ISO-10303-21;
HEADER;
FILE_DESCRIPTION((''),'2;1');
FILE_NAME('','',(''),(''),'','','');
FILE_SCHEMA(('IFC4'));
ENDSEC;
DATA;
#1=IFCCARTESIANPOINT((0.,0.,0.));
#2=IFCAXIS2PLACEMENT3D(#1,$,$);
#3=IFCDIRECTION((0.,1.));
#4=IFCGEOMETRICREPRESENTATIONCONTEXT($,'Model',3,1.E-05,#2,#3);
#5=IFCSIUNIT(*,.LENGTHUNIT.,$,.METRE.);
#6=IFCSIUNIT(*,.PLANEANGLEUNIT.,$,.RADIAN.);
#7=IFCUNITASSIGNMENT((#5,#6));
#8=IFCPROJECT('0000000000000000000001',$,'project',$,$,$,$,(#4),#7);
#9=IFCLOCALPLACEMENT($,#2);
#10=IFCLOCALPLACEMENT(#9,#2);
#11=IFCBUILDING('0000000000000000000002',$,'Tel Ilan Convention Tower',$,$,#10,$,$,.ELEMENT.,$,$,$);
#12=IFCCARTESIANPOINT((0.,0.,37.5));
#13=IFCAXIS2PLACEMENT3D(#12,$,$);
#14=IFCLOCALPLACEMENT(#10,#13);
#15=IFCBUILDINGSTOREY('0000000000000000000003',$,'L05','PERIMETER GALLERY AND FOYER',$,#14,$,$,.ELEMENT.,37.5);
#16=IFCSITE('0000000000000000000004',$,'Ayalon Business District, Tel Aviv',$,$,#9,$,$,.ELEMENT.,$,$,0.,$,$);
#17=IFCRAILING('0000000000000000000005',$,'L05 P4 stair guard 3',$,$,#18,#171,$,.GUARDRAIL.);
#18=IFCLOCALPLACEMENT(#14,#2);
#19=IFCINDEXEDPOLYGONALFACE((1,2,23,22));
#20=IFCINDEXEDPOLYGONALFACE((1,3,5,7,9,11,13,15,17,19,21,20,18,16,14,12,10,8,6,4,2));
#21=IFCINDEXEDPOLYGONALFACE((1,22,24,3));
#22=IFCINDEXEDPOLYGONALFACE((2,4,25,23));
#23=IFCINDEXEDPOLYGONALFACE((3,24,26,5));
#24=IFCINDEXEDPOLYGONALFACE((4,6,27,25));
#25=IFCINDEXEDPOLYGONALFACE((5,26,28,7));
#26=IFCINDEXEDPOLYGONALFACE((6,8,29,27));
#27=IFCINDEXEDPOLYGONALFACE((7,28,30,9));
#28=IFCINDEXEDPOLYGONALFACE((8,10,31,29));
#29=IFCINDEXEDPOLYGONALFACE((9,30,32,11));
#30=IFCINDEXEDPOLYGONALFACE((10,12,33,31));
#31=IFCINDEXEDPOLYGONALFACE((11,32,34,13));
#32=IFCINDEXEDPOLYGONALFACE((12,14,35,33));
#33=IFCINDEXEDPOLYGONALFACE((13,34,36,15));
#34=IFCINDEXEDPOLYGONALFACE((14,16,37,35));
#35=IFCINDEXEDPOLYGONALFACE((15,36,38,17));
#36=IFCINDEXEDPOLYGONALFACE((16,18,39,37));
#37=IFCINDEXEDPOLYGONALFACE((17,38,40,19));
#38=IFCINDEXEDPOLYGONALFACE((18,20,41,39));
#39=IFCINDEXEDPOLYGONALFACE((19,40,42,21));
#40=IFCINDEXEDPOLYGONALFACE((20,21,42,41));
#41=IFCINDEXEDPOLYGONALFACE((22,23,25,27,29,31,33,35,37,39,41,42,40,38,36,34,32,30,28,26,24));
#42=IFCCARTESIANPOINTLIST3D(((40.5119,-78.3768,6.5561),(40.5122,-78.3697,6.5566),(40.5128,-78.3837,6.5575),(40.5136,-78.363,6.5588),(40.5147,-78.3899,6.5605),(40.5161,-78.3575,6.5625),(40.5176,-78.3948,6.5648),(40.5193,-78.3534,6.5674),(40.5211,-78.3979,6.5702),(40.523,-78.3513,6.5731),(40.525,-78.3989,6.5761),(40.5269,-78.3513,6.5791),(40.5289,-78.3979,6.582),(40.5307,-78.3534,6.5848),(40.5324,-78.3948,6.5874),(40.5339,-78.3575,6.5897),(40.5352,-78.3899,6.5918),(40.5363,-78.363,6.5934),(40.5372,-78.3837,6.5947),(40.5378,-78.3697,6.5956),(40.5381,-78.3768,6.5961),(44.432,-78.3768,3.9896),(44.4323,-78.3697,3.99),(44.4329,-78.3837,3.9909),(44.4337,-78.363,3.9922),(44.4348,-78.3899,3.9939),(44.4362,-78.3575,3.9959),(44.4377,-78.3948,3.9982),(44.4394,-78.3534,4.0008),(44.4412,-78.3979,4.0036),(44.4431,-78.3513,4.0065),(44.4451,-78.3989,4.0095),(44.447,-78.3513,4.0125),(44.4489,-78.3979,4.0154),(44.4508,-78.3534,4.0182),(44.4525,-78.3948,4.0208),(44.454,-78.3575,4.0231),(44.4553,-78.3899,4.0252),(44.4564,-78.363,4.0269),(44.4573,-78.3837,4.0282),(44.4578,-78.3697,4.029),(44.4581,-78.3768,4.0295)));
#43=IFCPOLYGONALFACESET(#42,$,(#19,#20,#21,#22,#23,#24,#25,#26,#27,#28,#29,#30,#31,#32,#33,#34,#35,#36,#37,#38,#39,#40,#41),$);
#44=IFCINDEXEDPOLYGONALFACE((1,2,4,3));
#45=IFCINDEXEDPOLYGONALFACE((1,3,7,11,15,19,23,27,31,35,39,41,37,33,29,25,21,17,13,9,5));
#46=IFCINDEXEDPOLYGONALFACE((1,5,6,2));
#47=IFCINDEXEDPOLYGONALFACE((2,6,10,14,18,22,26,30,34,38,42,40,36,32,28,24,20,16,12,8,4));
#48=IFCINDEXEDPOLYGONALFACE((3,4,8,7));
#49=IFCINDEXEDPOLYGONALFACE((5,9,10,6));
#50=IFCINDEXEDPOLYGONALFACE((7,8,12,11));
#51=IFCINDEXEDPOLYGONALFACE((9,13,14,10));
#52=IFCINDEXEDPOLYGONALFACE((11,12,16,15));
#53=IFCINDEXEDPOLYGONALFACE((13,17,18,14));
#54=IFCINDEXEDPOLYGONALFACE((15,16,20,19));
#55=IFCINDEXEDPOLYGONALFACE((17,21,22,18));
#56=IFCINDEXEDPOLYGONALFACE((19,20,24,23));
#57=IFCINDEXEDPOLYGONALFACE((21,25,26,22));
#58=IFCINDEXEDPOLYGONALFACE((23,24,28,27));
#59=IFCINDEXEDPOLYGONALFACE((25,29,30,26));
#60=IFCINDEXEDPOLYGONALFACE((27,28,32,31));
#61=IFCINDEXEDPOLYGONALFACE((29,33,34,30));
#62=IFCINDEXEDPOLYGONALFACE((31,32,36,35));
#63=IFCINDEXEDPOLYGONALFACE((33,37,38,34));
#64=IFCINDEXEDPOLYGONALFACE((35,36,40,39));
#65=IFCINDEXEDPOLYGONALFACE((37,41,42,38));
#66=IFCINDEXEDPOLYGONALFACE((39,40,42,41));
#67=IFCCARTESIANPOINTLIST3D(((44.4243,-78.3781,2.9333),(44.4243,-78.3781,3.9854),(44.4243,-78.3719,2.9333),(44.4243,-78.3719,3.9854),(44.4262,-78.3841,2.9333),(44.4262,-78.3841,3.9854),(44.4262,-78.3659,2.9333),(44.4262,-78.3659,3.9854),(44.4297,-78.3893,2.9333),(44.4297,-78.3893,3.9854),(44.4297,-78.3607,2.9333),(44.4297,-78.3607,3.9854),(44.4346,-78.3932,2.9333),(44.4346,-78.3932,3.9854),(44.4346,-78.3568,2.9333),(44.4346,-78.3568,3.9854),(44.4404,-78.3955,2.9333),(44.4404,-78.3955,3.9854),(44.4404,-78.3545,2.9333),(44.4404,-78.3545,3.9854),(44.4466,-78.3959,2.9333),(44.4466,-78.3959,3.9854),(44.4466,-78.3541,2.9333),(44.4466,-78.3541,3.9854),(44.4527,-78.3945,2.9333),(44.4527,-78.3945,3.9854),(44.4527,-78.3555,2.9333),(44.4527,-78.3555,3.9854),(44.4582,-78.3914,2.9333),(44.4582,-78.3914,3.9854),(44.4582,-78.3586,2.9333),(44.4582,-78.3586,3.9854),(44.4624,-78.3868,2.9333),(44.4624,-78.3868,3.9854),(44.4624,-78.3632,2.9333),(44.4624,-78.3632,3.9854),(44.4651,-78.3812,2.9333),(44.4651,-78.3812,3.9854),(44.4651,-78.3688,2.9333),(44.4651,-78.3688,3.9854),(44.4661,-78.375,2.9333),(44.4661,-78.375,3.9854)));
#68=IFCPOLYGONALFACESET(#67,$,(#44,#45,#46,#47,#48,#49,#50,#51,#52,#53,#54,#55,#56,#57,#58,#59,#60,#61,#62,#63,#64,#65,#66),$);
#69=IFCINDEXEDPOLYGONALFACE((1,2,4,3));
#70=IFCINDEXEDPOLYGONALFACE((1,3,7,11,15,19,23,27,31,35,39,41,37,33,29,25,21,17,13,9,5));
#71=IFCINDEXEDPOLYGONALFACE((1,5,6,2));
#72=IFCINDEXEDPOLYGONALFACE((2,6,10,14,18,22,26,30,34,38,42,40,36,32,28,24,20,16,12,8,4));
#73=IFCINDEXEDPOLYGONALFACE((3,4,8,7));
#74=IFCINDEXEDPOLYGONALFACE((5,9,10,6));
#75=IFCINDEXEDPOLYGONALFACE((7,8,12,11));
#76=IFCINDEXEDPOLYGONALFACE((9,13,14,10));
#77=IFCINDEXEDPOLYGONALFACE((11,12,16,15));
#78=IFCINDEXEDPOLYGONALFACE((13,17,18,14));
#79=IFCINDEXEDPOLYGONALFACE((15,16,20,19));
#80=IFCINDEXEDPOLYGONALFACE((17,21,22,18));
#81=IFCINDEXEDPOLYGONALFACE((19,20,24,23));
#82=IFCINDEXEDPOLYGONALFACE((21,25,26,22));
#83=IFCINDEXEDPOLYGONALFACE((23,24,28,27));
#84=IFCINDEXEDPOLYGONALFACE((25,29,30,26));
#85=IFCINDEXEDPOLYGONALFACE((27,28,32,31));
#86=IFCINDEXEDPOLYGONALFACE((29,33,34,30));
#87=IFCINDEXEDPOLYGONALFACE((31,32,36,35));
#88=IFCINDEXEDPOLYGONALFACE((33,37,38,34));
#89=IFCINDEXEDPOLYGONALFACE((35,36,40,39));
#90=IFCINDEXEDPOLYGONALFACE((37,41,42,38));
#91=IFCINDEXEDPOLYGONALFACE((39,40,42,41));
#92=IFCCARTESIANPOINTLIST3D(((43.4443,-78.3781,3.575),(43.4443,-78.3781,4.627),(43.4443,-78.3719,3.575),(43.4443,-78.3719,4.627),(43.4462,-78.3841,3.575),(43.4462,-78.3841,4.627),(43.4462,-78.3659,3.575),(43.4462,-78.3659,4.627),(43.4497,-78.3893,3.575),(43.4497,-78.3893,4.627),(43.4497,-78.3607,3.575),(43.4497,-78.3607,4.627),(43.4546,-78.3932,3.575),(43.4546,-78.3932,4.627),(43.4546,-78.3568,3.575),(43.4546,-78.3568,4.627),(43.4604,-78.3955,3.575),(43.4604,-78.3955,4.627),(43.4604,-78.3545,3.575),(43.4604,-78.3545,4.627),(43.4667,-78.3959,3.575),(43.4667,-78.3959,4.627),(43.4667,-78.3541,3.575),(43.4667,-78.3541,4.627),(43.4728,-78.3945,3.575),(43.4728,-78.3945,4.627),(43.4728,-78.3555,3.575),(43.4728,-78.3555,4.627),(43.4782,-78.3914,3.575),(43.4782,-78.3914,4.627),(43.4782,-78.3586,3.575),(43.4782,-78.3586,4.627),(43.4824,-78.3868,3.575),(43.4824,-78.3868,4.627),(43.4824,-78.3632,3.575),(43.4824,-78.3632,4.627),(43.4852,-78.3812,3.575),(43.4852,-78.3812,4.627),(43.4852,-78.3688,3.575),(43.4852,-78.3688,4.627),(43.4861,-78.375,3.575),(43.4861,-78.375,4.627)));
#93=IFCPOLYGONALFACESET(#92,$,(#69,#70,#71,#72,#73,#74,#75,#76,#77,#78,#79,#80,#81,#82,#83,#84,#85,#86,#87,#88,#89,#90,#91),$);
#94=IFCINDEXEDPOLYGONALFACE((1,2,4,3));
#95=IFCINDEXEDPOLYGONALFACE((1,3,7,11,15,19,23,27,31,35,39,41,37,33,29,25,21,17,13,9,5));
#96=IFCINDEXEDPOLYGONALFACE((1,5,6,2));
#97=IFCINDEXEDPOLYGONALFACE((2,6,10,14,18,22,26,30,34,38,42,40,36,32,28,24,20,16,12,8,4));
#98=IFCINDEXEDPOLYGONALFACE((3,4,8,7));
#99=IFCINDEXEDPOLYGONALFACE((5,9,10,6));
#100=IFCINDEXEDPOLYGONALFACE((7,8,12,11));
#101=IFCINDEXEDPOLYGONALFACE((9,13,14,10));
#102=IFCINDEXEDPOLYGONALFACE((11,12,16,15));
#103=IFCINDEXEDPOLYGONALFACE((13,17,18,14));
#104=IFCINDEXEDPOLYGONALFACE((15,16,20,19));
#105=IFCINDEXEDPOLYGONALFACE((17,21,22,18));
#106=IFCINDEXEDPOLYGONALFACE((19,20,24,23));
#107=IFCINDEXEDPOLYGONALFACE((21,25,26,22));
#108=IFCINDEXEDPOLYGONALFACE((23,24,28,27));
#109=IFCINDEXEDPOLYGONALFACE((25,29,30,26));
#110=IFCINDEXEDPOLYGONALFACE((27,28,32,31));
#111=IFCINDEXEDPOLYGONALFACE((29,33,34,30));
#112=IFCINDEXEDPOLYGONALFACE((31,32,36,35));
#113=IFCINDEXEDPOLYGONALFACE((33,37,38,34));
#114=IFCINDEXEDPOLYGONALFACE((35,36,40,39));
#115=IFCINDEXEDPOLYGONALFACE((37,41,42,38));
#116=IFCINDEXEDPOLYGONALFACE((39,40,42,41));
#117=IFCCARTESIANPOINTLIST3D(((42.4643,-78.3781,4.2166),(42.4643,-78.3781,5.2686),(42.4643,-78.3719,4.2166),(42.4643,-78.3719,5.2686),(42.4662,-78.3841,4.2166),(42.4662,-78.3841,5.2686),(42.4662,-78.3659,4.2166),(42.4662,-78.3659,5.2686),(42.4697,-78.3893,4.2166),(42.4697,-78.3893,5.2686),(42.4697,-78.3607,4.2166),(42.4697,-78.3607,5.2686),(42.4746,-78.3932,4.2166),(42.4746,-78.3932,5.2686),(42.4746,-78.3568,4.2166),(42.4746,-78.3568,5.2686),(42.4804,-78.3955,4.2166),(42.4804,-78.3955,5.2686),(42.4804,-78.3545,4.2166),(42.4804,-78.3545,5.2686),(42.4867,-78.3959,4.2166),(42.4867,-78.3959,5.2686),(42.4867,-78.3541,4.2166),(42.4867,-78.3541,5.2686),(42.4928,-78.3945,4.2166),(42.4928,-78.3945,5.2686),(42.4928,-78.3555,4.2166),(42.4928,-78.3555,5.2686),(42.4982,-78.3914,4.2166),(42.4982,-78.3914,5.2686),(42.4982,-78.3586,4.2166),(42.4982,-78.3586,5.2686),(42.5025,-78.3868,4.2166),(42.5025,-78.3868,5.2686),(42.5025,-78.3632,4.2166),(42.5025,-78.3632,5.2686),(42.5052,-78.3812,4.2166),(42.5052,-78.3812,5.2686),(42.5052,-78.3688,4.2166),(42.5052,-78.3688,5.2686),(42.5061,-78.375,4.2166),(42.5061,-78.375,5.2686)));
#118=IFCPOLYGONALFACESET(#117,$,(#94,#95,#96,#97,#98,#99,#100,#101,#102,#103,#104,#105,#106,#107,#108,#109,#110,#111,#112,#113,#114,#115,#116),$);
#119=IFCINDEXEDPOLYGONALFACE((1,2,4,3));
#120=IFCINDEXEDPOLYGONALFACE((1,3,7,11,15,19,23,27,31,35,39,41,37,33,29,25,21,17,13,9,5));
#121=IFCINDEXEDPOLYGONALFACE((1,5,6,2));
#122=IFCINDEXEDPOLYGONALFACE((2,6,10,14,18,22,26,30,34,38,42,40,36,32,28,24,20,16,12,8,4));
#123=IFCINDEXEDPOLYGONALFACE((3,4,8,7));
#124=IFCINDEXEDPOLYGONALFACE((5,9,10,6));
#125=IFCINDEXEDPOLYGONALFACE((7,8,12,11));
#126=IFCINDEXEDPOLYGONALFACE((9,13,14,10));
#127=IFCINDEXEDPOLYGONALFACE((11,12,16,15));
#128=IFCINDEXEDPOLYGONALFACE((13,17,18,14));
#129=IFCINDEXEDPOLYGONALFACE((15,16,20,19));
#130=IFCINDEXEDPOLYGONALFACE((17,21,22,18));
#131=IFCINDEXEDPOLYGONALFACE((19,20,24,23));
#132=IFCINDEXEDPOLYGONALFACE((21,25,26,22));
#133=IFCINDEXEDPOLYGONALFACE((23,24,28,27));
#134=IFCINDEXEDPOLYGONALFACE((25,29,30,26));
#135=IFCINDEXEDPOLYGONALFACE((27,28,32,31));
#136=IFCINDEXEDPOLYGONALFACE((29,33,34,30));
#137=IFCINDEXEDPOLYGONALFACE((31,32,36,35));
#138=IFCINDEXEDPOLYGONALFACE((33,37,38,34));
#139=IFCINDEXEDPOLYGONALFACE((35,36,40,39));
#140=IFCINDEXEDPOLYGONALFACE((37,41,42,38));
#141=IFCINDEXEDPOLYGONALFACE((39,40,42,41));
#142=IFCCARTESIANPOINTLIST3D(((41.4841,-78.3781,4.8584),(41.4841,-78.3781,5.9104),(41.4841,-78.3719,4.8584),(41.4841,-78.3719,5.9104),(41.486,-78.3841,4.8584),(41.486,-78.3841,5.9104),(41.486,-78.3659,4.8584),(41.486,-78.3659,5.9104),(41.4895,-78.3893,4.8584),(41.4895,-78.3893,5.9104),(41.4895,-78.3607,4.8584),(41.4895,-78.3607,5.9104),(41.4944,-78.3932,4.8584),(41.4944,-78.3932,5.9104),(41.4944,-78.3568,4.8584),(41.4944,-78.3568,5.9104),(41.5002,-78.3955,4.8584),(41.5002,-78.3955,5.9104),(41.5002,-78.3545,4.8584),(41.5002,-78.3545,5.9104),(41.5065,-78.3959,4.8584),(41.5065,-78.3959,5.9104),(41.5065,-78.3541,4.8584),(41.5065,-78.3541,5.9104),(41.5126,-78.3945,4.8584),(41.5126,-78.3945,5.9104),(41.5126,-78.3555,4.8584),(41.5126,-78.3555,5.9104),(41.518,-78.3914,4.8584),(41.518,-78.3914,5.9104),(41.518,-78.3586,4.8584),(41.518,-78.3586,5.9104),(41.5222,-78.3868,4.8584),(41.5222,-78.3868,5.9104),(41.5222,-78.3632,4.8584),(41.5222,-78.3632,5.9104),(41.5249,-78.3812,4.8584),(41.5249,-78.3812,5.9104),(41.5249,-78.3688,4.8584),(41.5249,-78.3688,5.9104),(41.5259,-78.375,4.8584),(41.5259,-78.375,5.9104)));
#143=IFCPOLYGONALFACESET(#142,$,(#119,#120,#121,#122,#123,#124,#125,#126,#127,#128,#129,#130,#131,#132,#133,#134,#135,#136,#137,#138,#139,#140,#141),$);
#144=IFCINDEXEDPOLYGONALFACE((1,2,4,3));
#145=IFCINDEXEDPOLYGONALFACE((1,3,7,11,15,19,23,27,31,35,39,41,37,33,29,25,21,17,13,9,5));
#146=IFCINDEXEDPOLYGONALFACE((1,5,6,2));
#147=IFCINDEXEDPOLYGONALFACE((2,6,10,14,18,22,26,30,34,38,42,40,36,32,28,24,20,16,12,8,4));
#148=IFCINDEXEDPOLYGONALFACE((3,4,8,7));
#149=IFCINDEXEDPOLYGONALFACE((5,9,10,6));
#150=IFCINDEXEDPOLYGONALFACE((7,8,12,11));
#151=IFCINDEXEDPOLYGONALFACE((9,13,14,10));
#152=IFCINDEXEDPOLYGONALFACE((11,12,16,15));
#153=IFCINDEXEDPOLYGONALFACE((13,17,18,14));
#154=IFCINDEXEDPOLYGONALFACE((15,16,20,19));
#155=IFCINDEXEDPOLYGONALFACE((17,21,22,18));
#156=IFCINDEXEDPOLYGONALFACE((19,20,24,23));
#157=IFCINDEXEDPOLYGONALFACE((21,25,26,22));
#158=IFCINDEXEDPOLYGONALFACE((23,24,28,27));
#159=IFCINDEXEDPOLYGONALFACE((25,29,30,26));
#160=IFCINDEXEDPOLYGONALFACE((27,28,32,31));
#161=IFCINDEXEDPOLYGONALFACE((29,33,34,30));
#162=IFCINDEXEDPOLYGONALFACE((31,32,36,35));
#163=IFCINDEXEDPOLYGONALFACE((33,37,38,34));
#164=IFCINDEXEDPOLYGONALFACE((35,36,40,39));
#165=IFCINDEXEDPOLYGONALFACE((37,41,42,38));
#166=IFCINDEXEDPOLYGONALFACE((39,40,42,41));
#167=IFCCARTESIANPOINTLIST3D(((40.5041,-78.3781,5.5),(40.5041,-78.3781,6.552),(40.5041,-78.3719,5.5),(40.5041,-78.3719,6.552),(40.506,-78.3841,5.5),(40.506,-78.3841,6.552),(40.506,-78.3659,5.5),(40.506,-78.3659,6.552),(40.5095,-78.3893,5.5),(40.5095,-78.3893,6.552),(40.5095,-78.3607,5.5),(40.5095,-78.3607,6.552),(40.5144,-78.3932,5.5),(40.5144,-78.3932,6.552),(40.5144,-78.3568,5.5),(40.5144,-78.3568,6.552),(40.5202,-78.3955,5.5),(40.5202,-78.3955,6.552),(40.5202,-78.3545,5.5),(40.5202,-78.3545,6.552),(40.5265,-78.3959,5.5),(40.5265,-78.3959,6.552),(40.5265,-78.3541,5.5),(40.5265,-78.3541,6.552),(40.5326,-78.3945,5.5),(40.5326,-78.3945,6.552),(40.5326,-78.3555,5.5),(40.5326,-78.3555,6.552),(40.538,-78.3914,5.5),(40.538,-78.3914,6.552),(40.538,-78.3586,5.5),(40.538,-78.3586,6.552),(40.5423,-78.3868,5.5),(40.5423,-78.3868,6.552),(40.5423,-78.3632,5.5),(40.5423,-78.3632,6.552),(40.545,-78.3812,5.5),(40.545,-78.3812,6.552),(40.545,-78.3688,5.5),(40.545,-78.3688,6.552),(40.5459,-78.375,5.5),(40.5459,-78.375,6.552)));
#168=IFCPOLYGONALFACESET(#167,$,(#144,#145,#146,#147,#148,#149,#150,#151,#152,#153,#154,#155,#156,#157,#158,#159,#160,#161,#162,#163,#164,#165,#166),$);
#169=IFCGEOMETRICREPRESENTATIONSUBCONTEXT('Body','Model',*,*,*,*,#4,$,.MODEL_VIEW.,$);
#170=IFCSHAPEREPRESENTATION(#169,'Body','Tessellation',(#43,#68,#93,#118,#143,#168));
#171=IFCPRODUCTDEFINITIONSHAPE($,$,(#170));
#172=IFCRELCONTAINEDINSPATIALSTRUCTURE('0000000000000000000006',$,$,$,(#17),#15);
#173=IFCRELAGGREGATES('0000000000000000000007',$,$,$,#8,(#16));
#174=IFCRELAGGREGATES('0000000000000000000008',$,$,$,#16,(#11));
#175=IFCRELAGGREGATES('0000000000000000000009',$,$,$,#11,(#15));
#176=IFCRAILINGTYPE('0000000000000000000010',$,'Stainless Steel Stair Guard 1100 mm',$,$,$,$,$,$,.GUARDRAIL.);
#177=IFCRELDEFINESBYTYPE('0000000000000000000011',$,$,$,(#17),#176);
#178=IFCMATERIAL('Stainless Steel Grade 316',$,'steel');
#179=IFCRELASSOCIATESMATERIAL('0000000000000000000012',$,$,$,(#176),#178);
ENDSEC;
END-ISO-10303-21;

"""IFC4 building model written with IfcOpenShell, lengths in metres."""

from ifc_helpers import new_model, si_unit, direction, frame, origin, origin_2d, place, context, subcontext, project, spatial, circle, extrude, material, type_object, element, save


model = new_model("IFC4")

# Units and contexts
model_context = context("Model", 3, precision=1e-05, world=origin(), true_north=direction((0.0, 1.0)))
body_context = subcontext(model_context, "Body", "Model", "MODEL_VIEW")
ifc_project = project(units=[si_unit("LENGTHUNIT", "METRE"), si_unit("PLANEANGLEUNIT", "RADIAN")], contexts=[model_context])

# Site, building, storey
site_placement = place(None, origin())
site = spatial("IfcSite", under=ifc_project, at=site_placement, Name="Ayalon Business District, Tel Aviv", CompositionType="ELEMENT", RefElevation=0.0)
building_placement = place(site_placement, origin())
building = spatial("IfcBuilding", under=site, at=building_placement, Name="Tel Ilan Convention Tower", CompositionType="ELEMENT")
storey_placement = place(building_placement, frame((0.0, 0.0, 37.5)))
storey = spatial("IfcBuildingStorey", under=building, at=storey_placement, Name="L05", Description="PERIMETER GALLERY AND FOYER", CompositionType="ELEMENT", Elevation=37.5)

# Railing
ifc_material_1 = material(Name="Stainless Steel Grade 316", Category="steel")
railing_type_1 = type_object("IfcRailingType", Name="Stainless Steel Stair Guard 1100 mm", PredefinedType="GUARDRAIL", material=ifc_material_1)
railing_1_placement = place(storey_placement, frame((44.4451, -78.375, 2.9333)))
element("IfcRailing", 1, at=railing_1_placement, inside=storey, type_object=railing_type_1, Name="L05 P4 stair guard 3", PredefinedType="GUARDRAIL", context=body_context, shape_type="SweptSolid", body=[
    extrude(circle(Radius=0.0239, at=origin_2d()), frame((0.0, 0.0, 1.0762), z_axis=(-0.836631, 0.0, 0.547767), x_axis=(0.0, -1.0, 0.0)), (0.0, 0.0, 1.0), 4.6855),
    extrude(circle(Radius=0.021, at=origin_2d()), origin(), (0.0, 0.0, 1.0), 1.052),
    extrude(circle(Radius=0.021, at=origin_2d()), frame((-0.98, 0.0, 0.6416)), (0.0, 0.0, 1.0), 1.052),
    extrude(circle(Radius=0.021, at=origin_2d()), frame((-1.96, 0.0, 1.2832)), (0.0, 0.0, 1.0), 1.052),
    extrude(circle(Radius=0.021, at=origin_2d()), frame((-2.9402, 0.0, 1.925)), (0.0, 0.0, 1.0), 1.052),
    extrude(circle(Radius=0.021, at=origin_2d()), frame((-3.9202, 0.0, 2.5667)), (0.0, 0.0, 1.0), 1.052),
])

save(model, "model.ifc")
